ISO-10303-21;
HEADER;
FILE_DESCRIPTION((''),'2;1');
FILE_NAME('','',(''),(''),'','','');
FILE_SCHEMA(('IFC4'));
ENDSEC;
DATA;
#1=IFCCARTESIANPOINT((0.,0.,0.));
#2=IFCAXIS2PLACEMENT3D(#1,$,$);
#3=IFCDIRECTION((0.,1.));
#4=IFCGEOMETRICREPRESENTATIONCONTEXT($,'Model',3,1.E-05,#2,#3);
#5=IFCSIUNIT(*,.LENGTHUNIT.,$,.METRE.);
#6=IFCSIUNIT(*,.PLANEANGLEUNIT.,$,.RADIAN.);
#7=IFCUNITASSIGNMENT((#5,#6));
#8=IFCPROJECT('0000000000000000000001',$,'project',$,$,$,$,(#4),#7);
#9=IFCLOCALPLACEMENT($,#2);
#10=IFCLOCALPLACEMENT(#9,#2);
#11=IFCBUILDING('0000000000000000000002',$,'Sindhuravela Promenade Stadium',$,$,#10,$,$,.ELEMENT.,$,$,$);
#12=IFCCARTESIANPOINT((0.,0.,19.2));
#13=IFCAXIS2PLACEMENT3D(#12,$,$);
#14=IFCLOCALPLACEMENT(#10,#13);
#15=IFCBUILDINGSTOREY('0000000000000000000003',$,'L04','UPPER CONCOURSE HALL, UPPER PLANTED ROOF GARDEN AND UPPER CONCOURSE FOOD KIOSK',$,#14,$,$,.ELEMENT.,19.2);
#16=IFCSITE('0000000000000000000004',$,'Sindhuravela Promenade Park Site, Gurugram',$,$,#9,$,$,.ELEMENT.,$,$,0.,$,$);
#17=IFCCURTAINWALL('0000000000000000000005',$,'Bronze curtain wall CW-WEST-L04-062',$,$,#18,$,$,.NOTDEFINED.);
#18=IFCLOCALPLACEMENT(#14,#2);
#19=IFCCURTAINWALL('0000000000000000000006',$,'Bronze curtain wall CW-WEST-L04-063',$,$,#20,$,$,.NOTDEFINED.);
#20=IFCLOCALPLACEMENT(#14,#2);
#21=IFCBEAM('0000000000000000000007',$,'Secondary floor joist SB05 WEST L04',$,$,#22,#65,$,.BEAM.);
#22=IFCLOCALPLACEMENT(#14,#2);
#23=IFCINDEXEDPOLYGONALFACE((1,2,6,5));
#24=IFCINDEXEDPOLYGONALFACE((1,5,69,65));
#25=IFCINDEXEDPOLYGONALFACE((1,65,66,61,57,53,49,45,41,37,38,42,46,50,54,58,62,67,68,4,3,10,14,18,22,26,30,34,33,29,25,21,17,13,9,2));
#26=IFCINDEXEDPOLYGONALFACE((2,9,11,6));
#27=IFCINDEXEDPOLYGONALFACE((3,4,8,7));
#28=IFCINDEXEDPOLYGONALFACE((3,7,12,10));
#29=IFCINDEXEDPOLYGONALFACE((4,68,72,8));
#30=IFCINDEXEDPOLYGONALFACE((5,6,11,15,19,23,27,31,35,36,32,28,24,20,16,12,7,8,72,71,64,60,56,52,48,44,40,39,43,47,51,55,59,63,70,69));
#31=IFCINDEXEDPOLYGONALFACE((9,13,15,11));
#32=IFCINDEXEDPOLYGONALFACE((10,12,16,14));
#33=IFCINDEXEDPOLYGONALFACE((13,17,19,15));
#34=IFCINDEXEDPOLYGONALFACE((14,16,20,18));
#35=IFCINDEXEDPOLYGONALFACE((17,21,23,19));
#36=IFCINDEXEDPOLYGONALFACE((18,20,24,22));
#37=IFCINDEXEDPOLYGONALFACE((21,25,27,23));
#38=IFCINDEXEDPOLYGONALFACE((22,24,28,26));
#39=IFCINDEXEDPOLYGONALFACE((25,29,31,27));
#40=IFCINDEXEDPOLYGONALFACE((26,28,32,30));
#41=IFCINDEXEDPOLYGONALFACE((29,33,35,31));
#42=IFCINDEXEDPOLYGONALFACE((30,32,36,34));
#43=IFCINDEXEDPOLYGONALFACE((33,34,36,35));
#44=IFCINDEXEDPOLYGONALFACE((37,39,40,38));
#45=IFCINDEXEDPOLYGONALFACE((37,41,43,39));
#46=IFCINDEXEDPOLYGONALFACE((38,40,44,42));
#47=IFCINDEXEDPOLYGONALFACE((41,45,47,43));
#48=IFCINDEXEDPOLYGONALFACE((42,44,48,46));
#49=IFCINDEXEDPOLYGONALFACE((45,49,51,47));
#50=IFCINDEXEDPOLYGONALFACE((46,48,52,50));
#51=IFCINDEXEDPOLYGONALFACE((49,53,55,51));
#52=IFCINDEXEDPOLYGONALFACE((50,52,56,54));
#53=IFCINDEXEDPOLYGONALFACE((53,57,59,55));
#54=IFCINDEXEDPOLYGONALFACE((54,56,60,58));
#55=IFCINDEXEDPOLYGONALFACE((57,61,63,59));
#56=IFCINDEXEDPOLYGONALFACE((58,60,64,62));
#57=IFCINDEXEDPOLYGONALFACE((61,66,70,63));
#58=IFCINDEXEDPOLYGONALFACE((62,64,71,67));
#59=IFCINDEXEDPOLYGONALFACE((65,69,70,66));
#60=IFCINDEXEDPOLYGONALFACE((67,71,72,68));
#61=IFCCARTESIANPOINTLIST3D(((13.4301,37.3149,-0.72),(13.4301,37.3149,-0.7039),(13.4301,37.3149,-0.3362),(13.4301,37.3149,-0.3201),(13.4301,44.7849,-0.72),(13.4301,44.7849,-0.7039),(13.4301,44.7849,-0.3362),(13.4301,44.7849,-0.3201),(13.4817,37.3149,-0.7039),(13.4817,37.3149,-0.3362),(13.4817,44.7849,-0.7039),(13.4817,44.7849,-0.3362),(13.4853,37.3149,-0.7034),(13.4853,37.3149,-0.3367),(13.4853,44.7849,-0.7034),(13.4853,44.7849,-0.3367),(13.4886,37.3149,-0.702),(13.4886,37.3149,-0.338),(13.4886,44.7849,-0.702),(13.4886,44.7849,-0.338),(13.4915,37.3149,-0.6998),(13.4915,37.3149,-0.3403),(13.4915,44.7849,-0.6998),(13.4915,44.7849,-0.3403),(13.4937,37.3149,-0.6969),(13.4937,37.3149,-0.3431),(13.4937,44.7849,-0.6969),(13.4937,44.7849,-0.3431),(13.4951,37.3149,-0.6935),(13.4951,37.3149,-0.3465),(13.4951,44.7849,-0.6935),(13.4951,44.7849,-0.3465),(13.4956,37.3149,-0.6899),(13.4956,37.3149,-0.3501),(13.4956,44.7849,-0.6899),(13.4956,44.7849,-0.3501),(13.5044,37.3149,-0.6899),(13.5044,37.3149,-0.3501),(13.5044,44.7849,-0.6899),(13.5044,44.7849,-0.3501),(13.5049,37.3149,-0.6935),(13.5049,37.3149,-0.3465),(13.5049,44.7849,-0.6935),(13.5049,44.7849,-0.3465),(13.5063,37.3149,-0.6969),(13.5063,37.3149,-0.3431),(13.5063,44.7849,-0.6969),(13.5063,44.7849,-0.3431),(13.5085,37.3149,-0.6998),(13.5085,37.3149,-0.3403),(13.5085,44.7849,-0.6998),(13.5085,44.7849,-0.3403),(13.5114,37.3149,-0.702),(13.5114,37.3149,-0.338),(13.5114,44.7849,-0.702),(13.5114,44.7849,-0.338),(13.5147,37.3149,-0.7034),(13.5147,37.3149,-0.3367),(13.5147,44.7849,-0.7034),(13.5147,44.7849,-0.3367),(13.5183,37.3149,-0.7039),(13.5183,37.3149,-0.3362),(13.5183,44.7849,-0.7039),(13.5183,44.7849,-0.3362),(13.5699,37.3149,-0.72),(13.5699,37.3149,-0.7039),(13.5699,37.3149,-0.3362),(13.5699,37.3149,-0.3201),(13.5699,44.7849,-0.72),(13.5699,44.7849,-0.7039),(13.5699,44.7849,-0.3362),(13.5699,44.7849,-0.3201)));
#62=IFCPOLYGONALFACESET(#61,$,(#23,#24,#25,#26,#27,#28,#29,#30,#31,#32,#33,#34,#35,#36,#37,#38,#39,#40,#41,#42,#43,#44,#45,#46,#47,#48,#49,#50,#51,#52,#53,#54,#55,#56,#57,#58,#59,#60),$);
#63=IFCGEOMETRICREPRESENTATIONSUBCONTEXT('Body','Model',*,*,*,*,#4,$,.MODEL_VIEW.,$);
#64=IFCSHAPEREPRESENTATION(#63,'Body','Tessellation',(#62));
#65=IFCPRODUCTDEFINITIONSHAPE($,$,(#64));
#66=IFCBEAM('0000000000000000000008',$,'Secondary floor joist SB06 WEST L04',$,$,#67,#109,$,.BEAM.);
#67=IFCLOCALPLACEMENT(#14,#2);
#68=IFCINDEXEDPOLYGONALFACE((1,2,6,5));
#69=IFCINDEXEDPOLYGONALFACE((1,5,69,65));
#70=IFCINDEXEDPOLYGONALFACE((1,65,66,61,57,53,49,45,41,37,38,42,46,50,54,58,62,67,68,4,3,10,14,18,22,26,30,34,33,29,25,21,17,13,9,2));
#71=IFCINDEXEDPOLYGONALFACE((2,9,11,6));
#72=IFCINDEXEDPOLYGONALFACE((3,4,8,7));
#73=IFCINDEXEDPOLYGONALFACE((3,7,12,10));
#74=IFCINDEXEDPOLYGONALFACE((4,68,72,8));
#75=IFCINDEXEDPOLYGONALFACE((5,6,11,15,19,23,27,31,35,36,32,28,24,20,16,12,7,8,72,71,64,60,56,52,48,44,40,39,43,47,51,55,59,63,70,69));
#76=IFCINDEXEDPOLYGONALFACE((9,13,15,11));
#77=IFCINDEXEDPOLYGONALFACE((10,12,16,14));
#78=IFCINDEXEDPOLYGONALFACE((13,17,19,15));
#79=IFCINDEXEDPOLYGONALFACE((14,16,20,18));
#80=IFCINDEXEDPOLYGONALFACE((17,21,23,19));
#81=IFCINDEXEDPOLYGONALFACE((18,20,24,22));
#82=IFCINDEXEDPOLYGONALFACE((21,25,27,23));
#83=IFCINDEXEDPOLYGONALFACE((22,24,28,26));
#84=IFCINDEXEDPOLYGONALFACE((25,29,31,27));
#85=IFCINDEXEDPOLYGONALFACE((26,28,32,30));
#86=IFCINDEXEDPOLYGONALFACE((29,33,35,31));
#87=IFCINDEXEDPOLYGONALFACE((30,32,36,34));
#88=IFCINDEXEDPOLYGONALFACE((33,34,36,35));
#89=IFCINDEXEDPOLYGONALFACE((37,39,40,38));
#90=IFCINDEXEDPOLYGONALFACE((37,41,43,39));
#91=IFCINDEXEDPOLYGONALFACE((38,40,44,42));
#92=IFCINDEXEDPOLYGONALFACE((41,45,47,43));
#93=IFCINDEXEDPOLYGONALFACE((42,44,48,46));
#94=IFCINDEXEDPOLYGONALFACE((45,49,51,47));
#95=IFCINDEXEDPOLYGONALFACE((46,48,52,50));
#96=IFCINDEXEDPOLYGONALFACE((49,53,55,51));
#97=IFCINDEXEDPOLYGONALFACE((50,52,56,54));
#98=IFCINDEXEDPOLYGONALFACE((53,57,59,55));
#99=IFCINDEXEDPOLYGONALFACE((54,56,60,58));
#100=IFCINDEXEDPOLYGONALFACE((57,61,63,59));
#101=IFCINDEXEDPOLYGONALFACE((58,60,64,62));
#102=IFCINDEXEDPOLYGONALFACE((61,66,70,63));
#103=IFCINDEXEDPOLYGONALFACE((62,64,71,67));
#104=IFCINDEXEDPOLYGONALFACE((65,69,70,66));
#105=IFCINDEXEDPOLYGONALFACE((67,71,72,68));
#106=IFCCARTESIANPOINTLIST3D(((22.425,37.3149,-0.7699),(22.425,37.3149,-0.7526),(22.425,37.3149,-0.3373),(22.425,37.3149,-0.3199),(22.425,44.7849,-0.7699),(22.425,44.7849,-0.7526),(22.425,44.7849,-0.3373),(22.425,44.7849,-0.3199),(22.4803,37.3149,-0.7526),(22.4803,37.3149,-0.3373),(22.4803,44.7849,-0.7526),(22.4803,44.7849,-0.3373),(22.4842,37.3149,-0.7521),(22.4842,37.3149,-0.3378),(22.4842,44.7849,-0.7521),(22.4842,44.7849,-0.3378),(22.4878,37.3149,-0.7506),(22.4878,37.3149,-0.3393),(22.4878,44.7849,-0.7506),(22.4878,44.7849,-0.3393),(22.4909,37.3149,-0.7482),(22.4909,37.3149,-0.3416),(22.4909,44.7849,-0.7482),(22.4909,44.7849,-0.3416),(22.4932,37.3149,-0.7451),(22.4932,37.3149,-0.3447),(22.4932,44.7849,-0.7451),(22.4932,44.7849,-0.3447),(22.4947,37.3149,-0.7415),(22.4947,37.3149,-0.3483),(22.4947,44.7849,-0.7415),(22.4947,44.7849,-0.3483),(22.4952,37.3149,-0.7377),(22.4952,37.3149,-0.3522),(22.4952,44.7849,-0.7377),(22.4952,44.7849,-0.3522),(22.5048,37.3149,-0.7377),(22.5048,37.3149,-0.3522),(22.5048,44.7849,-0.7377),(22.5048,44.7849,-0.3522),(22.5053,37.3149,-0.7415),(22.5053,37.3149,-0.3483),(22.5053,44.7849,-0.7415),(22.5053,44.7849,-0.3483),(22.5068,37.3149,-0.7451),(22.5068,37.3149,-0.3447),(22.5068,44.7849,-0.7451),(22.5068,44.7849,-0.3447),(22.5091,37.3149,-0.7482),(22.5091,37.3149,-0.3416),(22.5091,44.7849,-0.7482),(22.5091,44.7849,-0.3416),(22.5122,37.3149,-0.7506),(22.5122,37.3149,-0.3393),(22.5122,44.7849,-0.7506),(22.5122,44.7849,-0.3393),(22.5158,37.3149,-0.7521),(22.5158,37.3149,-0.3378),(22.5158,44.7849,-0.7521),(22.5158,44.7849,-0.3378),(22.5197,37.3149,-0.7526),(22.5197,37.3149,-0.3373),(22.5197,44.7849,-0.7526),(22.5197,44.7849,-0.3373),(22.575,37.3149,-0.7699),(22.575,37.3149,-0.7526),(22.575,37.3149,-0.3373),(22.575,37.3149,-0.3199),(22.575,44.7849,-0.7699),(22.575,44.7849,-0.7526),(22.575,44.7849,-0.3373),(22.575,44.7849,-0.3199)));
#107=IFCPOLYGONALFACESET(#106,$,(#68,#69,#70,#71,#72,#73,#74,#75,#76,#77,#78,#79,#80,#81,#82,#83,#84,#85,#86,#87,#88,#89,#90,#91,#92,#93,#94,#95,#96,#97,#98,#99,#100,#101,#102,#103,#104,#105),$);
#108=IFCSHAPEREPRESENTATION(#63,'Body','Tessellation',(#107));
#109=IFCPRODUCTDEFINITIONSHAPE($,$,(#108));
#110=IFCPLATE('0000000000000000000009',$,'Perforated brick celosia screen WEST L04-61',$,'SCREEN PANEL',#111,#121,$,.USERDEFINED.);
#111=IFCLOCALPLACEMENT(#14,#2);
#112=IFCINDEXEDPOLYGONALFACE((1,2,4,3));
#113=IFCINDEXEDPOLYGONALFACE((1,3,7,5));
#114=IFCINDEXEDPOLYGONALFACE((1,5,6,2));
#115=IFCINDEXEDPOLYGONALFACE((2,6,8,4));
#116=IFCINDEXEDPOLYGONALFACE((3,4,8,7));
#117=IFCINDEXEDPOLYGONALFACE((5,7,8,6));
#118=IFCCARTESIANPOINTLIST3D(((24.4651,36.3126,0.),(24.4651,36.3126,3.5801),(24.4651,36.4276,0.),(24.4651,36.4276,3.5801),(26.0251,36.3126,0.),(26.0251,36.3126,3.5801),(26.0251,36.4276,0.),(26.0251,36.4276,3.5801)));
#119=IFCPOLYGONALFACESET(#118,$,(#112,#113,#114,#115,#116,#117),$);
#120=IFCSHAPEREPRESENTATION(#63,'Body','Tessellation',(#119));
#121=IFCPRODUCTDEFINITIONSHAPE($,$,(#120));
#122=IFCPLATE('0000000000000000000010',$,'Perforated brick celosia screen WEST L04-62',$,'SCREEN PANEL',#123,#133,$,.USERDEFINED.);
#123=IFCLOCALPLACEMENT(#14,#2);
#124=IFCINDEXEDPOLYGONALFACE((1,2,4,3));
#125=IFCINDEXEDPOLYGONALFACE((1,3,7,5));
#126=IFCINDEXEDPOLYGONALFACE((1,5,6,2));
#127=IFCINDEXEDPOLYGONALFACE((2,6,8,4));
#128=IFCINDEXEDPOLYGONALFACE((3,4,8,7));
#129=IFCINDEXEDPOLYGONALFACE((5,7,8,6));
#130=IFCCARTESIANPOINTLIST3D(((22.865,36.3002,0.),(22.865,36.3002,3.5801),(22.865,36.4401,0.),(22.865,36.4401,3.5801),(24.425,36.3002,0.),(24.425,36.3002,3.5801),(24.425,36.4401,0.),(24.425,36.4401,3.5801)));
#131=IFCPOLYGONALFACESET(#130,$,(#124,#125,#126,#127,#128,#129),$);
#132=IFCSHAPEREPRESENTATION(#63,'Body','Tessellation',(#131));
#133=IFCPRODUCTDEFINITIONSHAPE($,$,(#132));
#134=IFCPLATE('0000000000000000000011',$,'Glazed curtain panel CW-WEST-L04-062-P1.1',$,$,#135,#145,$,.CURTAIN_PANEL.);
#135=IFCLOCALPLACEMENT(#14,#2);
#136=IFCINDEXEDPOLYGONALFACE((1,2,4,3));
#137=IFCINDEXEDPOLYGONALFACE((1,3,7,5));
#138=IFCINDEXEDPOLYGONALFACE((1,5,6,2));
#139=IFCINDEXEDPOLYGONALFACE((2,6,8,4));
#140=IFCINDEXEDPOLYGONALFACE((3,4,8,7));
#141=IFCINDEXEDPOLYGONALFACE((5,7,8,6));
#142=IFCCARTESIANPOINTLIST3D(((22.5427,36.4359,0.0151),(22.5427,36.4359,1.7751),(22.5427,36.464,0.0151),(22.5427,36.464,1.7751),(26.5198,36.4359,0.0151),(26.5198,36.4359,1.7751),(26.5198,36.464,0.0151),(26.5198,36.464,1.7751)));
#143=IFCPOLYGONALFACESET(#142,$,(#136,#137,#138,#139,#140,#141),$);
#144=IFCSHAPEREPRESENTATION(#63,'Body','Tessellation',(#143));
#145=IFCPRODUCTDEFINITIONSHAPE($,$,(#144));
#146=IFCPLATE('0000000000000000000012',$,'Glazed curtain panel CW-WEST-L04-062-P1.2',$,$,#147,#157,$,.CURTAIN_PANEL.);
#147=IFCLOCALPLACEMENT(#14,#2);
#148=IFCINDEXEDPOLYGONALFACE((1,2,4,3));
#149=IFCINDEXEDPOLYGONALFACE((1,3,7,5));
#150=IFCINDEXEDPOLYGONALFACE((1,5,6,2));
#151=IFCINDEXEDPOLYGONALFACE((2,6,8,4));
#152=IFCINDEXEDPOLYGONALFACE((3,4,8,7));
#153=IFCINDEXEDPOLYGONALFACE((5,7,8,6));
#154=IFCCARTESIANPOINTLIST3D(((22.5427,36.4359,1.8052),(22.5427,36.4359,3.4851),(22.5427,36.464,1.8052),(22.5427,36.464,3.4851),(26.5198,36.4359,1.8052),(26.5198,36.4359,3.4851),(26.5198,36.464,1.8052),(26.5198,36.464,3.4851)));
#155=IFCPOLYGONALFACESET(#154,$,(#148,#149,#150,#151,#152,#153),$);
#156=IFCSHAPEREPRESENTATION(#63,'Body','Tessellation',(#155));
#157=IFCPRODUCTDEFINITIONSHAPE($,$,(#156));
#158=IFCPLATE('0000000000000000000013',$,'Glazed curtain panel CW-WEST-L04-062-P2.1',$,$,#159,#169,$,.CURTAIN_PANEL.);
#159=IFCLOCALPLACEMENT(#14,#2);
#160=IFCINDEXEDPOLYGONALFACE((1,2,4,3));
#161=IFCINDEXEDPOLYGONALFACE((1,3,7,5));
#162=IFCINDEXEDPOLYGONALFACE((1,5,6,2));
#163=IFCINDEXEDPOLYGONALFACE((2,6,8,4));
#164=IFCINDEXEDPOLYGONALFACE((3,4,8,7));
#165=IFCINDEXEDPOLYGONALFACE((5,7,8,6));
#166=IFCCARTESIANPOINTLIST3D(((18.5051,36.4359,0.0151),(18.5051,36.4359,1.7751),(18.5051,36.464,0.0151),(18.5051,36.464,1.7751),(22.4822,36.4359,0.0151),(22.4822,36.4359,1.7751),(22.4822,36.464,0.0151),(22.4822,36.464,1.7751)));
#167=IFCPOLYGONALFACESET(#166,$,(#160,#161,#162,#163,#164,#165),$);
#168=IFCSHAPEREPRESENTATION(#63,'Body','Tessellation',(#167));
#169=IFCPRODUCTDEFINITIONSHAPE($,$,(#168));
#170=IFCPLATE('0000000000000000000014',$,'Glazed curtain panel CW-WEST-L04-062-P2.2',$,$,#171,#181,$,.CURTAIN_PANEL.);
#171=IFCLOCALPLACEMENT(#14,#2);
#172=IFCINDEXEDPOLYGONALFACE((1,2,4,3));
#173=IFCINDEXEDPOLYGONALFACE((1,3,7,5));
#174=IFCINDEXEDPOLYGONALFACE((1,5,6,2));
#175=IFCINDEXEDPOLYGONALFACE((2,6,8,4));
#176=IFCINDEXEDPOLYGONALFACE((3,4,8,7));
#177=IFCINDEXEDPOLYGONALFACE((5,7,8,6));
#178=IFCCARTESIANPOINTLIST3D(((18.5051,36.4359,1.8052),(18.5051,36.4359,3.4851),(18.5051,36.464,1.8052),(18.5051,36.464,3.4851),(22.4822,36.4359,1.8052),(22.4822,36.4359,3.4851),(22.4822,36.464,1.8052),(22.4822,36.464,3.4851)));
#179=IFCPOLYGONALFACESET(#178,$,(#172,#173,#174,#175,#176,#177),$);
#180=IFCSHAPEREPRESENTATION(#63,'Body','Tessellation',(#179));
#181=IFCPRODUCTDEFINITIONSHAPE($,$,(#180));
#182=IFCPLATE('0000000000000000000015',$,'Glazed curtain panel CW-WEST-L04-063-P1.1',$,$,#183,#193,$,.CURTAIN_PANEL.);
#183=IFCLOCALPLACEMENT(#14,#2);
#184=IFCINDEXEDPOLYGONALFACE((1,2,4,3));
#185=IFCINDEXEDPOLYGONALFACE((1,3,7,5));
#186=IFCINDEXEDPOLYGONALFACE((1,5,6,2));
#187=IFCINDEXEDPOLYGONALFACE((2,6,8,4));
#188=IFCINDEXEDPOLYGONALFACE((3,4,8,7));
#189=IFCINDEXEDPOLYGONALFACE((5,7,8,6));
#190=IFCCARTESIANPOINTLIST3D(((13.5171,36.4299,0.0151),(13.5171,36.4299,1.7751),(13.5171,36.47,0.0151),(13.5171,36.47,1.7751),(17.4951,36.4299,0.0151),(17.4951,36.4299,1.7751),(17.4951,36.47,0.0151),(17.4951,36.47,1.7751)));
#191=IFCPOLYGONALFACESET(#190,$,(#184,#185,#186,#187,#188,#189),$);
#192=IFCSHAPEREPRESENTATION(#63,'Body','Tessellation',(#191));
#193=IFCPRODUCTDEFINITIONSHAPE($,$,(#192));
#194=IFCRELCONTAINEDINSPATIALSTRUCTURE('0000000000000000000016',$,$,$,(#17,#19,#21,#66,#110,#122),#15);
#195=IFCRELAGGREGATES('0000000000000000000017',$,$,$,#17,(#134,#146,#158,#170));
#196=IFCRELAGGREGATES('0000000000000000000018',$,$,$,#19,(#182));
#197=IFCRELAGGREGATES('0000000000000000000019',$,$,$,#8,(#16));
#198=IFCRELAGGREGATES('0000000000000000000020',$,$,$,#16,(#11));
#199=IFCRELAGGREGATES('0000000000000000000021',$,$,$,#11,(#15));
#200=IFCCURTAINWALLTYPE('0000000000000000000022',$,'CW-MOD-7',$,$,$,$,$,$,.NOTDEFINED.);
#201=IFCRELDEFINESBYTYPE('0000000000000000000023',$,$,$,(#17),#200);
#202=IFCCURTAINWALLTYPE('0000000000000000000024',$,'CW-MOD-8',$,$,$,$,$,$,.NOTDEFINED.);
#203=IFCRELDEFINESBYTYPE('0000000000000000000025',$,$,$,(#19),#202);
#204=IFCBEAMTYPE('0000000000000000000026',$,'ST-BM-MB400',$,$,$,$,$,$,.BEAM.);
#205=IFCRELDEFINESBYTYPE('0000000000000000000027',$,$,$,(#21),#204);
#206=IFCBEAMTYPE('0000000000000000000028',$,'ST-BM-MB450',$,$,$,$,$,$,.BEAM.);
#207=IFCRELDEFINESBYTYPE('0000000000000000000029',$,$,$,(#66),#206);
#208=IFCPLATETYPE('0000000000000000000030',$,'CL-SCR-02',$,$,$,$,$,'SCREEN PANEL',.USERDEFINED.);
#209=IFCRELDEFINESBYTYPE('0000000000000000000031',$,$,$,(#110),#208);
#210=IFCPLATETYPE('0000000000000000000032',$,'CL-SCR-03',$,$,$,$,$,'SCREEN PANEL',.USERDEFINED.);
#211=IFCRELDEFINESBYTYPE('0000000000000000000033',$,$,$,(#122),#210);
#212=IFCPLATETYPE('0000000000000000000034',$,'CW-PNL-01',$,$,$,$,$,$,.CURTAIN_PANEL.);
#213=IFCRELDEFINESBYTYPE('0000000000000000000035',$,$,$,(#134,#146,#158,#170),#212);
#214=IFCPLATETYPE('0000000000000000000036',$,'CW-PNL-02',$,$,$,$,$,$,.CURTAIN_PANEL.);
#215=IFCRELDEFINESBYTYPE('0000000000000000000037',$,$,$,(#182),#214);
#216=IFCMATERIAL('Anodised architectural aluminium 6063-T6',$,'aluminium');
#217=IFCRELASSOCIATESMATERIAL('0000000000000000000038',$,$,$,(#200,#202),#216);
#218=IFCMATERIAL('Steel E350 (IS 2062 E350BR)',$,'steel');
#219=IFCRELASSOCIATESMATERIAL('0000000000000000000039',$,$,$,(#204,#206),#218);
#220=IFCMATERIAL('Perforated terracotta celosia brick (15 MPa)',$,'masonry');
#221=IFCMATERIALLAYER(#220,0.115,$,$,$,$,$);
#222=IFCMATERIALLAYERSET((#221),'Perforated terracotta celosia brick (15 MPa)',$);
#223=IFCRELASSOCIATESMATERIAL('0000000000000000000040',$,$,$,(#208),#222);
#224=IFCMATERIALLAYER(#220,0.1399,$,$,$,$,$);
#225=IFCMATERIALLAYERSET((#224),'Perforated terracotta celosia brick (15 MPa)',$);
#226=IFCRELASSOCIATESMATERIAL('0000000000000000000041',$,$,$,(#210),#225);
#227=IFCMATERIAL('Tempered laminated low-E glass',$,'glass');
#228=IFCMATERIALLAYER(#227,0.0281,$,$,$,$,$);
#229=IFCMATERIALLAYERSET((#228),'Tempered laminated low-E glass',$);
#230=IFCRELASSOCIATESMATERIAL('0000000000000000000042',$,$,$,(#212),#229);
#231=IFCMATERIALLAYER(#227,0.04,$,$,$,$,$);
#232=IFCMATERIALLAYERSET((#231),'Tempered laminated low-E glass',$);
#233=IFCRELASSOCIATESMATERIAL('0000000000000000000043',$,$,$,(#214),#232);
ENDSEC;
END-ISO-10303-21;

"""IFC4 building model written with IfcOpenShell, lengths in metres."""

from ifc_helpers import new_model, si_unit, direction, frame, origin, origin_2d, place, context, subcontext, project, spatial, rectangle, i_section, extrude, material, layer, layer_set, material_profile, profile_set, type_object, element, aggregate, save


model = new_model("IFC4")

# Units and contexts
model_context = context("Model", 3, precision=1e-05, world=origin(), true_north=direction((0.0, 1.0)))
body_context = subcontext(model_context, "Body", "Model", "MODEL_VIEW")
ifc_project = project(units=[si_unit("LENGTHUNIT", "METRE"), si_unit("PLANEANGLEUNIT", "RADIAN")], contexts=[model_context])

# Site, building, storey
site_placement = place(None, origin())
site = spatial("IfcSite", under=ifc_project, at=site_placement, Name="Sindhuravela Promenade Park Site, Gurugram", CompositionType="ELEMENT", RefElevation=0.0)
building_placement = place(site_placement, origin())
building = spatial("IfcBuilding", under=site, at=building_placement, Name="Sindhuravela Promenade Stadium", CompositionType="ELEMENT")
storey_placement = place(building_placement, frame((0.0, 0.0, 19.2)))
storey = spatial("IfcBuildingStorey", under=building, at=storey_placement, Name="L04", Description="UPPER CONCOURSE HALL, UPPER PLANTED ROOF GARDEN AND UPPER CONCOURSE FOOD KIOSK", CompositionType="ELEMENT", Elevation=19.2)

# Curtain walls
ifc_material_1 = material(Name="Anodised architectural aluminium 6063-T6", Category="aluminium")
curtain_wall_type_1 = type_object("IfcCurtainWallType", Name="CW-MOD-7", PredefinedType="NOTDEFINED", material=ifc_material_1)
curtain_wall_1_placement = place(storey_placement, origin())
curtain_wall_1 = element("IfcCurtainWall", 1, at=curtain_wall_1_placement, inside=storey, type_object=curtain_wall_type_1, Name="Bronze curtain wall CW-WEST-L04-062", PredefinedType="NOTDEFINED")
curtain_wall_type_2 = type_object("IfcCurtainWallType", Name="CW-MOD-8", PredefinedType="NOTDEFINED", material=ifc_material_1)
curtain_wall_2_placement = place(storey_placement, origin())
curtain_wall_2 = element("IfcCurtainWall", 2, at=curtain_wall_2_placement, inside=storey, type_object=curtain_wall_type_2, Name="Bronze curtain wall CW-WEST-L04-063", PredefinedType="NOTDEFINED")

# Beams
ifc_material_2 = material(Name="Steel E350 (IS 2062 E350BR)", Category="steel")
ifc_material_profile_1 = material_profile(ifc_material_2, i_section(OverallWidth=0.1399, OverallDepth=0.3999, WebThickness=0.0088, FlangeThickness=0.0161, FilletRadius=0.0139, at=origin_2d()), Name="ISMB 400")
ifc_profile_set_1 = profile_set([ifc_material_profile_1], Name="Steel E350 (IS 2062 E350BR)")
beam_type_1 = type_object("IfcBeamType", Name="ST-BM-MB400", PredefinedType="BEAM", material=ifc_profile_set_1)
beam_1_placement = place(storey_placement, frame((13.5, 37.3149, -0.52), z_axis=(0.0, 1.0, 0.0), x_axis=(-1.0, 0.0, 0.0)))
element("IfcBeam", 3, at=beam_1_placement, inside=storey, type_object=beam_type_1, Name="Secondary floor joist SB05 WEST L04", PredefinedType="BEAM", context=body_context, shape_type="SweptSolid", body=[
    extrude(i_section(OverallWidth=0.1399, OverallDepth=0.3999, WebThickness=0.0088, FlangeThickness=0.0161, FilletRadius=0.0139, at=origin_2d()), origin(), (0.0, 0.0, 1.0), 7.47),
])
ifc_material_profile_2 = material_profile(ifc_material_2, i_section(OverallWidth=0.1499, OverallDepth=0.45, WebThickness=0.0095, FlangeThickness=0.0173, FilletRadius=0.0149, at=origin_2d()), Name="ISMB 450")
ifc_profile_set_2 = profile_set([ifc_material_profile_2], Name="Steel E350 (IS 2062 E350BR)")
beam_type_2 = type_object("IfcBeamType", Name="ST-BM-MB450", PredefinedType="BEAM", material=ifc_profile_set_2)
beam_2_placement = place(storey_placement, frame((22.5, 37.3149, -0.5449), z_axis=(0.0, 1.0, 0.0), x_axis=(-1.0, 0.0, 0.0)))
element("IfcBeam", 4, at=beam_2_placement, inside=storey, type_object=beam_type_2, Name="Secondary floor joist SB06 WEST L04", PredefinedType="BEAM", context=body_context, shape_type="SweptSolid", body=[
    extrude(i_section(OverallWidth=0.1499, OverallDepth=0.45, WebThickness=0.0095, FlangeThickness=0.0173, FilletRadius=0.0149, at=origin_2d()), origin(), (0.0, 0.0, 1.0), 7.47),
])

# Plates
ifc_material_3 = material(Name="Perforated terracotta celosia brick (15 MPa)", Category="masonry")
ifc_layer_1 = layer(ifc_material_3, 0.115)
ifc_layer_set_1 = layer_set([ifc_layer_1], Name="Perforated terracotta celosia brick (15 MPa)")
plate_type_1 = type_object("IfcPlateType", Name="CL-SCR-02", ElementType="SCREEN PANEL", PredefinedType="USERDEFINED", material=ifc_layer_set_1)
plate_1_placement = place(storey_placement, frame((25.2451, 36.3701, 0.0), z_axis=(0.0, 0.0, 1.0), x_axis=(-1.0, 0.0, 0.0)))
element("IfcPlate", 5, at=plate_1_placement, inside=storey, type_object=plate_type_1, Name="Perforated brick celosia screen WEST L04-61", ObjectType="SCREEN PANEL", PredefinedType="USERDEFINED", context=body_context, shape_type="SweptSolid", body=[
    extrude(rectangle(XDim=1.5601, YDim=0.115, at=origin_2d()), origin(), (0.0, 0.0, 1.0), 3.5801),
])
ifc_layer_2 = layer(ifc_material_3, 0.1399)
ifc_layer_set_2 = layer_set([ifc_layer_2], Name="Perforated terracotta celosia brick (15 MPa)")
plate_type_2 = type_object("IfcPlateType", Name="CL-SCR-03", ElementType="SCREEN PANEL", PredefinedType="USERDEFINED", material=ifc_layer_set_2)
plate_2_placement = place(storey_placement, frame((23.645, 36.3701, 0.0), z_axis=(0.0, 0.0, 1.0), x_axis=(-1.0, 0.0, 0.0)))
element("IfcPlate", 6, at=plate_2_placement, inside=storey, type_object=plate_type_2, Name="Perforated brick celosia screen WEST L04-62", ObjectType="SCREEN PANEL", PredefinedType="USERDEFINED", context=body_context, shape_type="SweptSolid", body=[
    extrude(rectangle(XDim=1.5601, YDim=0.1399, at=origin_2d()), origin(), (0.0, 0.0, 1.0), 3.5801),
])

# Plates
ifc_material_4 = material(Name="Tempered laminated low-E glass", Category="glass")
ifc_layer_3 = layer(ifc_material_4, 0.0281)
ifc_layer_set_3 = layer_set([ifc_layer_3], Name="Tempered laminated low-E glass")
plate_type_3 = type_object("IfcPlateType", Name="CW-PNL-01", PredefinedType="CURTAIN_PANEL", material=ifc_layer_set_3)
plate_3_placement = place(storey_placement, frame((24.5312, 36.45, 0.0151), z_axis=(0.0, 0.0, 1.0), x_axis=(-1.0, 0.0, 0.0)))
plate_3 = element("IfcPlate", 7, at=plate_3_placement, type_object=plate_type_3, Name="Glazed curtain panel CW-WEST-L04-062-P1.1", PredefinedType="CURTAIN_PANEL", context=body_context, shape_type="SweptSolid", body=[
    extrude(rectangle(XDim=3.9771, YDim=0.0281, at=origin_2d()), origin(), (0.0, 0.0, 1.0), 1.76),
])
plate_4_placement = place(storey_placement, frame((24.5312, 36.45, 1.8052), z_axis=(0.0, 0.0, 1.0), x_axis=(-1.0, 0.0, 0.0)))
plate_4 = element("IfcPlate", 8, at=plate_4_placement, type_object=plate_type_3, Name="Glazed curtain panel CW-WEST-L04-062-P1.2", PredefinedType="CURTAIN_PANEL", context=body_context, shape_type="SweptSolid", body=[
    extrude(rectangle(XDim=3.9771, YDim=0.0281, at=origin_2d()), origin(), (0.0, 0.0, 1.0), 1.6799),
])
plate_5_placement = place(storey_placement, frame((20.4937, 36.45, 0.0151), z_axis=(0.0, 0.0, 1.0), x_axis=(-1.0, 0.0, 0.0)))
plate_5 = element("IfcPlate", 9, at=plate_5_placement, type_object=plate_type_3, Name="Glazed curtain panel CW-WEST-L04-062-P2.1", PredefinedType="CURTAIN_PANEL", context=body_context, shape_type="SweptSolid", body=[
    extrude(rectangle(XDim=3.9771, YDim=0.0281, at=origin_2d()), origin(), (0.0, 0.0, 1.0), 1.76),
])
plate_6_placement = place(storey_placement, frame((20.4937, 36.45, 1.8052), z_axis=(0.0, 0.0, 1.0), x_axis=(-1.0, 0.0, 0.0)))
plate_6 = element("IfcPlate", 10, at=plate_6_placement, type_object=plate_type_3, Name="Glazed curtain panel CW-WEST-L04-062-P2.2", PredefinedType="CURTAIN_PANEL", context=body_context, shape_type="SweptSolid", body=[
    extrude(rectangle(XDim=3.9771, YDim=0.0281, at=origin_2d()), origin(), (0.0, 0.0, 1.0), 1.6799),
])
aggregate(curtain_wall_1, [plate_3, plate_4, plate_5, plate_6])
ifc_layer_4 = layer(ifc_material_4, 0.04)
ifc_layer_set_4 = layer_set([ifc_layer_4], Name="Tempered laminated low-E glass")
plate_type_4 = type_object("IfcPlateType", Name="CW-PNL-02", PredefinedType="CURTAIN_PANEL", material=ifc_layer_set_4)
plate_7_placement = place(storey_placement, frame((15.5061, 36.45, 0.0151), z_axis=(0.0, 0.0, 1.0), x_axis=(-1.0, 0.0, 0.0)))
plate_7 = element("IfcPlate", 11, at=plate_7_placement, type_object=plate_type_4, Name="Glazed curtain panel CW-WEST-L04-063-P1.1", PredefinedType="CURTAIN_PANEL", context=body_context, shape_type="SweptSolid", body=[
    extrude(rectangle(XDim=3.978, YDim=0.04, at=origin_2d()), origin(), (0.0, 0.0, 1.0), 1.76),
])
aggregate(curtain_wall_2, [plate_7])

save(model, "model.ifc")
